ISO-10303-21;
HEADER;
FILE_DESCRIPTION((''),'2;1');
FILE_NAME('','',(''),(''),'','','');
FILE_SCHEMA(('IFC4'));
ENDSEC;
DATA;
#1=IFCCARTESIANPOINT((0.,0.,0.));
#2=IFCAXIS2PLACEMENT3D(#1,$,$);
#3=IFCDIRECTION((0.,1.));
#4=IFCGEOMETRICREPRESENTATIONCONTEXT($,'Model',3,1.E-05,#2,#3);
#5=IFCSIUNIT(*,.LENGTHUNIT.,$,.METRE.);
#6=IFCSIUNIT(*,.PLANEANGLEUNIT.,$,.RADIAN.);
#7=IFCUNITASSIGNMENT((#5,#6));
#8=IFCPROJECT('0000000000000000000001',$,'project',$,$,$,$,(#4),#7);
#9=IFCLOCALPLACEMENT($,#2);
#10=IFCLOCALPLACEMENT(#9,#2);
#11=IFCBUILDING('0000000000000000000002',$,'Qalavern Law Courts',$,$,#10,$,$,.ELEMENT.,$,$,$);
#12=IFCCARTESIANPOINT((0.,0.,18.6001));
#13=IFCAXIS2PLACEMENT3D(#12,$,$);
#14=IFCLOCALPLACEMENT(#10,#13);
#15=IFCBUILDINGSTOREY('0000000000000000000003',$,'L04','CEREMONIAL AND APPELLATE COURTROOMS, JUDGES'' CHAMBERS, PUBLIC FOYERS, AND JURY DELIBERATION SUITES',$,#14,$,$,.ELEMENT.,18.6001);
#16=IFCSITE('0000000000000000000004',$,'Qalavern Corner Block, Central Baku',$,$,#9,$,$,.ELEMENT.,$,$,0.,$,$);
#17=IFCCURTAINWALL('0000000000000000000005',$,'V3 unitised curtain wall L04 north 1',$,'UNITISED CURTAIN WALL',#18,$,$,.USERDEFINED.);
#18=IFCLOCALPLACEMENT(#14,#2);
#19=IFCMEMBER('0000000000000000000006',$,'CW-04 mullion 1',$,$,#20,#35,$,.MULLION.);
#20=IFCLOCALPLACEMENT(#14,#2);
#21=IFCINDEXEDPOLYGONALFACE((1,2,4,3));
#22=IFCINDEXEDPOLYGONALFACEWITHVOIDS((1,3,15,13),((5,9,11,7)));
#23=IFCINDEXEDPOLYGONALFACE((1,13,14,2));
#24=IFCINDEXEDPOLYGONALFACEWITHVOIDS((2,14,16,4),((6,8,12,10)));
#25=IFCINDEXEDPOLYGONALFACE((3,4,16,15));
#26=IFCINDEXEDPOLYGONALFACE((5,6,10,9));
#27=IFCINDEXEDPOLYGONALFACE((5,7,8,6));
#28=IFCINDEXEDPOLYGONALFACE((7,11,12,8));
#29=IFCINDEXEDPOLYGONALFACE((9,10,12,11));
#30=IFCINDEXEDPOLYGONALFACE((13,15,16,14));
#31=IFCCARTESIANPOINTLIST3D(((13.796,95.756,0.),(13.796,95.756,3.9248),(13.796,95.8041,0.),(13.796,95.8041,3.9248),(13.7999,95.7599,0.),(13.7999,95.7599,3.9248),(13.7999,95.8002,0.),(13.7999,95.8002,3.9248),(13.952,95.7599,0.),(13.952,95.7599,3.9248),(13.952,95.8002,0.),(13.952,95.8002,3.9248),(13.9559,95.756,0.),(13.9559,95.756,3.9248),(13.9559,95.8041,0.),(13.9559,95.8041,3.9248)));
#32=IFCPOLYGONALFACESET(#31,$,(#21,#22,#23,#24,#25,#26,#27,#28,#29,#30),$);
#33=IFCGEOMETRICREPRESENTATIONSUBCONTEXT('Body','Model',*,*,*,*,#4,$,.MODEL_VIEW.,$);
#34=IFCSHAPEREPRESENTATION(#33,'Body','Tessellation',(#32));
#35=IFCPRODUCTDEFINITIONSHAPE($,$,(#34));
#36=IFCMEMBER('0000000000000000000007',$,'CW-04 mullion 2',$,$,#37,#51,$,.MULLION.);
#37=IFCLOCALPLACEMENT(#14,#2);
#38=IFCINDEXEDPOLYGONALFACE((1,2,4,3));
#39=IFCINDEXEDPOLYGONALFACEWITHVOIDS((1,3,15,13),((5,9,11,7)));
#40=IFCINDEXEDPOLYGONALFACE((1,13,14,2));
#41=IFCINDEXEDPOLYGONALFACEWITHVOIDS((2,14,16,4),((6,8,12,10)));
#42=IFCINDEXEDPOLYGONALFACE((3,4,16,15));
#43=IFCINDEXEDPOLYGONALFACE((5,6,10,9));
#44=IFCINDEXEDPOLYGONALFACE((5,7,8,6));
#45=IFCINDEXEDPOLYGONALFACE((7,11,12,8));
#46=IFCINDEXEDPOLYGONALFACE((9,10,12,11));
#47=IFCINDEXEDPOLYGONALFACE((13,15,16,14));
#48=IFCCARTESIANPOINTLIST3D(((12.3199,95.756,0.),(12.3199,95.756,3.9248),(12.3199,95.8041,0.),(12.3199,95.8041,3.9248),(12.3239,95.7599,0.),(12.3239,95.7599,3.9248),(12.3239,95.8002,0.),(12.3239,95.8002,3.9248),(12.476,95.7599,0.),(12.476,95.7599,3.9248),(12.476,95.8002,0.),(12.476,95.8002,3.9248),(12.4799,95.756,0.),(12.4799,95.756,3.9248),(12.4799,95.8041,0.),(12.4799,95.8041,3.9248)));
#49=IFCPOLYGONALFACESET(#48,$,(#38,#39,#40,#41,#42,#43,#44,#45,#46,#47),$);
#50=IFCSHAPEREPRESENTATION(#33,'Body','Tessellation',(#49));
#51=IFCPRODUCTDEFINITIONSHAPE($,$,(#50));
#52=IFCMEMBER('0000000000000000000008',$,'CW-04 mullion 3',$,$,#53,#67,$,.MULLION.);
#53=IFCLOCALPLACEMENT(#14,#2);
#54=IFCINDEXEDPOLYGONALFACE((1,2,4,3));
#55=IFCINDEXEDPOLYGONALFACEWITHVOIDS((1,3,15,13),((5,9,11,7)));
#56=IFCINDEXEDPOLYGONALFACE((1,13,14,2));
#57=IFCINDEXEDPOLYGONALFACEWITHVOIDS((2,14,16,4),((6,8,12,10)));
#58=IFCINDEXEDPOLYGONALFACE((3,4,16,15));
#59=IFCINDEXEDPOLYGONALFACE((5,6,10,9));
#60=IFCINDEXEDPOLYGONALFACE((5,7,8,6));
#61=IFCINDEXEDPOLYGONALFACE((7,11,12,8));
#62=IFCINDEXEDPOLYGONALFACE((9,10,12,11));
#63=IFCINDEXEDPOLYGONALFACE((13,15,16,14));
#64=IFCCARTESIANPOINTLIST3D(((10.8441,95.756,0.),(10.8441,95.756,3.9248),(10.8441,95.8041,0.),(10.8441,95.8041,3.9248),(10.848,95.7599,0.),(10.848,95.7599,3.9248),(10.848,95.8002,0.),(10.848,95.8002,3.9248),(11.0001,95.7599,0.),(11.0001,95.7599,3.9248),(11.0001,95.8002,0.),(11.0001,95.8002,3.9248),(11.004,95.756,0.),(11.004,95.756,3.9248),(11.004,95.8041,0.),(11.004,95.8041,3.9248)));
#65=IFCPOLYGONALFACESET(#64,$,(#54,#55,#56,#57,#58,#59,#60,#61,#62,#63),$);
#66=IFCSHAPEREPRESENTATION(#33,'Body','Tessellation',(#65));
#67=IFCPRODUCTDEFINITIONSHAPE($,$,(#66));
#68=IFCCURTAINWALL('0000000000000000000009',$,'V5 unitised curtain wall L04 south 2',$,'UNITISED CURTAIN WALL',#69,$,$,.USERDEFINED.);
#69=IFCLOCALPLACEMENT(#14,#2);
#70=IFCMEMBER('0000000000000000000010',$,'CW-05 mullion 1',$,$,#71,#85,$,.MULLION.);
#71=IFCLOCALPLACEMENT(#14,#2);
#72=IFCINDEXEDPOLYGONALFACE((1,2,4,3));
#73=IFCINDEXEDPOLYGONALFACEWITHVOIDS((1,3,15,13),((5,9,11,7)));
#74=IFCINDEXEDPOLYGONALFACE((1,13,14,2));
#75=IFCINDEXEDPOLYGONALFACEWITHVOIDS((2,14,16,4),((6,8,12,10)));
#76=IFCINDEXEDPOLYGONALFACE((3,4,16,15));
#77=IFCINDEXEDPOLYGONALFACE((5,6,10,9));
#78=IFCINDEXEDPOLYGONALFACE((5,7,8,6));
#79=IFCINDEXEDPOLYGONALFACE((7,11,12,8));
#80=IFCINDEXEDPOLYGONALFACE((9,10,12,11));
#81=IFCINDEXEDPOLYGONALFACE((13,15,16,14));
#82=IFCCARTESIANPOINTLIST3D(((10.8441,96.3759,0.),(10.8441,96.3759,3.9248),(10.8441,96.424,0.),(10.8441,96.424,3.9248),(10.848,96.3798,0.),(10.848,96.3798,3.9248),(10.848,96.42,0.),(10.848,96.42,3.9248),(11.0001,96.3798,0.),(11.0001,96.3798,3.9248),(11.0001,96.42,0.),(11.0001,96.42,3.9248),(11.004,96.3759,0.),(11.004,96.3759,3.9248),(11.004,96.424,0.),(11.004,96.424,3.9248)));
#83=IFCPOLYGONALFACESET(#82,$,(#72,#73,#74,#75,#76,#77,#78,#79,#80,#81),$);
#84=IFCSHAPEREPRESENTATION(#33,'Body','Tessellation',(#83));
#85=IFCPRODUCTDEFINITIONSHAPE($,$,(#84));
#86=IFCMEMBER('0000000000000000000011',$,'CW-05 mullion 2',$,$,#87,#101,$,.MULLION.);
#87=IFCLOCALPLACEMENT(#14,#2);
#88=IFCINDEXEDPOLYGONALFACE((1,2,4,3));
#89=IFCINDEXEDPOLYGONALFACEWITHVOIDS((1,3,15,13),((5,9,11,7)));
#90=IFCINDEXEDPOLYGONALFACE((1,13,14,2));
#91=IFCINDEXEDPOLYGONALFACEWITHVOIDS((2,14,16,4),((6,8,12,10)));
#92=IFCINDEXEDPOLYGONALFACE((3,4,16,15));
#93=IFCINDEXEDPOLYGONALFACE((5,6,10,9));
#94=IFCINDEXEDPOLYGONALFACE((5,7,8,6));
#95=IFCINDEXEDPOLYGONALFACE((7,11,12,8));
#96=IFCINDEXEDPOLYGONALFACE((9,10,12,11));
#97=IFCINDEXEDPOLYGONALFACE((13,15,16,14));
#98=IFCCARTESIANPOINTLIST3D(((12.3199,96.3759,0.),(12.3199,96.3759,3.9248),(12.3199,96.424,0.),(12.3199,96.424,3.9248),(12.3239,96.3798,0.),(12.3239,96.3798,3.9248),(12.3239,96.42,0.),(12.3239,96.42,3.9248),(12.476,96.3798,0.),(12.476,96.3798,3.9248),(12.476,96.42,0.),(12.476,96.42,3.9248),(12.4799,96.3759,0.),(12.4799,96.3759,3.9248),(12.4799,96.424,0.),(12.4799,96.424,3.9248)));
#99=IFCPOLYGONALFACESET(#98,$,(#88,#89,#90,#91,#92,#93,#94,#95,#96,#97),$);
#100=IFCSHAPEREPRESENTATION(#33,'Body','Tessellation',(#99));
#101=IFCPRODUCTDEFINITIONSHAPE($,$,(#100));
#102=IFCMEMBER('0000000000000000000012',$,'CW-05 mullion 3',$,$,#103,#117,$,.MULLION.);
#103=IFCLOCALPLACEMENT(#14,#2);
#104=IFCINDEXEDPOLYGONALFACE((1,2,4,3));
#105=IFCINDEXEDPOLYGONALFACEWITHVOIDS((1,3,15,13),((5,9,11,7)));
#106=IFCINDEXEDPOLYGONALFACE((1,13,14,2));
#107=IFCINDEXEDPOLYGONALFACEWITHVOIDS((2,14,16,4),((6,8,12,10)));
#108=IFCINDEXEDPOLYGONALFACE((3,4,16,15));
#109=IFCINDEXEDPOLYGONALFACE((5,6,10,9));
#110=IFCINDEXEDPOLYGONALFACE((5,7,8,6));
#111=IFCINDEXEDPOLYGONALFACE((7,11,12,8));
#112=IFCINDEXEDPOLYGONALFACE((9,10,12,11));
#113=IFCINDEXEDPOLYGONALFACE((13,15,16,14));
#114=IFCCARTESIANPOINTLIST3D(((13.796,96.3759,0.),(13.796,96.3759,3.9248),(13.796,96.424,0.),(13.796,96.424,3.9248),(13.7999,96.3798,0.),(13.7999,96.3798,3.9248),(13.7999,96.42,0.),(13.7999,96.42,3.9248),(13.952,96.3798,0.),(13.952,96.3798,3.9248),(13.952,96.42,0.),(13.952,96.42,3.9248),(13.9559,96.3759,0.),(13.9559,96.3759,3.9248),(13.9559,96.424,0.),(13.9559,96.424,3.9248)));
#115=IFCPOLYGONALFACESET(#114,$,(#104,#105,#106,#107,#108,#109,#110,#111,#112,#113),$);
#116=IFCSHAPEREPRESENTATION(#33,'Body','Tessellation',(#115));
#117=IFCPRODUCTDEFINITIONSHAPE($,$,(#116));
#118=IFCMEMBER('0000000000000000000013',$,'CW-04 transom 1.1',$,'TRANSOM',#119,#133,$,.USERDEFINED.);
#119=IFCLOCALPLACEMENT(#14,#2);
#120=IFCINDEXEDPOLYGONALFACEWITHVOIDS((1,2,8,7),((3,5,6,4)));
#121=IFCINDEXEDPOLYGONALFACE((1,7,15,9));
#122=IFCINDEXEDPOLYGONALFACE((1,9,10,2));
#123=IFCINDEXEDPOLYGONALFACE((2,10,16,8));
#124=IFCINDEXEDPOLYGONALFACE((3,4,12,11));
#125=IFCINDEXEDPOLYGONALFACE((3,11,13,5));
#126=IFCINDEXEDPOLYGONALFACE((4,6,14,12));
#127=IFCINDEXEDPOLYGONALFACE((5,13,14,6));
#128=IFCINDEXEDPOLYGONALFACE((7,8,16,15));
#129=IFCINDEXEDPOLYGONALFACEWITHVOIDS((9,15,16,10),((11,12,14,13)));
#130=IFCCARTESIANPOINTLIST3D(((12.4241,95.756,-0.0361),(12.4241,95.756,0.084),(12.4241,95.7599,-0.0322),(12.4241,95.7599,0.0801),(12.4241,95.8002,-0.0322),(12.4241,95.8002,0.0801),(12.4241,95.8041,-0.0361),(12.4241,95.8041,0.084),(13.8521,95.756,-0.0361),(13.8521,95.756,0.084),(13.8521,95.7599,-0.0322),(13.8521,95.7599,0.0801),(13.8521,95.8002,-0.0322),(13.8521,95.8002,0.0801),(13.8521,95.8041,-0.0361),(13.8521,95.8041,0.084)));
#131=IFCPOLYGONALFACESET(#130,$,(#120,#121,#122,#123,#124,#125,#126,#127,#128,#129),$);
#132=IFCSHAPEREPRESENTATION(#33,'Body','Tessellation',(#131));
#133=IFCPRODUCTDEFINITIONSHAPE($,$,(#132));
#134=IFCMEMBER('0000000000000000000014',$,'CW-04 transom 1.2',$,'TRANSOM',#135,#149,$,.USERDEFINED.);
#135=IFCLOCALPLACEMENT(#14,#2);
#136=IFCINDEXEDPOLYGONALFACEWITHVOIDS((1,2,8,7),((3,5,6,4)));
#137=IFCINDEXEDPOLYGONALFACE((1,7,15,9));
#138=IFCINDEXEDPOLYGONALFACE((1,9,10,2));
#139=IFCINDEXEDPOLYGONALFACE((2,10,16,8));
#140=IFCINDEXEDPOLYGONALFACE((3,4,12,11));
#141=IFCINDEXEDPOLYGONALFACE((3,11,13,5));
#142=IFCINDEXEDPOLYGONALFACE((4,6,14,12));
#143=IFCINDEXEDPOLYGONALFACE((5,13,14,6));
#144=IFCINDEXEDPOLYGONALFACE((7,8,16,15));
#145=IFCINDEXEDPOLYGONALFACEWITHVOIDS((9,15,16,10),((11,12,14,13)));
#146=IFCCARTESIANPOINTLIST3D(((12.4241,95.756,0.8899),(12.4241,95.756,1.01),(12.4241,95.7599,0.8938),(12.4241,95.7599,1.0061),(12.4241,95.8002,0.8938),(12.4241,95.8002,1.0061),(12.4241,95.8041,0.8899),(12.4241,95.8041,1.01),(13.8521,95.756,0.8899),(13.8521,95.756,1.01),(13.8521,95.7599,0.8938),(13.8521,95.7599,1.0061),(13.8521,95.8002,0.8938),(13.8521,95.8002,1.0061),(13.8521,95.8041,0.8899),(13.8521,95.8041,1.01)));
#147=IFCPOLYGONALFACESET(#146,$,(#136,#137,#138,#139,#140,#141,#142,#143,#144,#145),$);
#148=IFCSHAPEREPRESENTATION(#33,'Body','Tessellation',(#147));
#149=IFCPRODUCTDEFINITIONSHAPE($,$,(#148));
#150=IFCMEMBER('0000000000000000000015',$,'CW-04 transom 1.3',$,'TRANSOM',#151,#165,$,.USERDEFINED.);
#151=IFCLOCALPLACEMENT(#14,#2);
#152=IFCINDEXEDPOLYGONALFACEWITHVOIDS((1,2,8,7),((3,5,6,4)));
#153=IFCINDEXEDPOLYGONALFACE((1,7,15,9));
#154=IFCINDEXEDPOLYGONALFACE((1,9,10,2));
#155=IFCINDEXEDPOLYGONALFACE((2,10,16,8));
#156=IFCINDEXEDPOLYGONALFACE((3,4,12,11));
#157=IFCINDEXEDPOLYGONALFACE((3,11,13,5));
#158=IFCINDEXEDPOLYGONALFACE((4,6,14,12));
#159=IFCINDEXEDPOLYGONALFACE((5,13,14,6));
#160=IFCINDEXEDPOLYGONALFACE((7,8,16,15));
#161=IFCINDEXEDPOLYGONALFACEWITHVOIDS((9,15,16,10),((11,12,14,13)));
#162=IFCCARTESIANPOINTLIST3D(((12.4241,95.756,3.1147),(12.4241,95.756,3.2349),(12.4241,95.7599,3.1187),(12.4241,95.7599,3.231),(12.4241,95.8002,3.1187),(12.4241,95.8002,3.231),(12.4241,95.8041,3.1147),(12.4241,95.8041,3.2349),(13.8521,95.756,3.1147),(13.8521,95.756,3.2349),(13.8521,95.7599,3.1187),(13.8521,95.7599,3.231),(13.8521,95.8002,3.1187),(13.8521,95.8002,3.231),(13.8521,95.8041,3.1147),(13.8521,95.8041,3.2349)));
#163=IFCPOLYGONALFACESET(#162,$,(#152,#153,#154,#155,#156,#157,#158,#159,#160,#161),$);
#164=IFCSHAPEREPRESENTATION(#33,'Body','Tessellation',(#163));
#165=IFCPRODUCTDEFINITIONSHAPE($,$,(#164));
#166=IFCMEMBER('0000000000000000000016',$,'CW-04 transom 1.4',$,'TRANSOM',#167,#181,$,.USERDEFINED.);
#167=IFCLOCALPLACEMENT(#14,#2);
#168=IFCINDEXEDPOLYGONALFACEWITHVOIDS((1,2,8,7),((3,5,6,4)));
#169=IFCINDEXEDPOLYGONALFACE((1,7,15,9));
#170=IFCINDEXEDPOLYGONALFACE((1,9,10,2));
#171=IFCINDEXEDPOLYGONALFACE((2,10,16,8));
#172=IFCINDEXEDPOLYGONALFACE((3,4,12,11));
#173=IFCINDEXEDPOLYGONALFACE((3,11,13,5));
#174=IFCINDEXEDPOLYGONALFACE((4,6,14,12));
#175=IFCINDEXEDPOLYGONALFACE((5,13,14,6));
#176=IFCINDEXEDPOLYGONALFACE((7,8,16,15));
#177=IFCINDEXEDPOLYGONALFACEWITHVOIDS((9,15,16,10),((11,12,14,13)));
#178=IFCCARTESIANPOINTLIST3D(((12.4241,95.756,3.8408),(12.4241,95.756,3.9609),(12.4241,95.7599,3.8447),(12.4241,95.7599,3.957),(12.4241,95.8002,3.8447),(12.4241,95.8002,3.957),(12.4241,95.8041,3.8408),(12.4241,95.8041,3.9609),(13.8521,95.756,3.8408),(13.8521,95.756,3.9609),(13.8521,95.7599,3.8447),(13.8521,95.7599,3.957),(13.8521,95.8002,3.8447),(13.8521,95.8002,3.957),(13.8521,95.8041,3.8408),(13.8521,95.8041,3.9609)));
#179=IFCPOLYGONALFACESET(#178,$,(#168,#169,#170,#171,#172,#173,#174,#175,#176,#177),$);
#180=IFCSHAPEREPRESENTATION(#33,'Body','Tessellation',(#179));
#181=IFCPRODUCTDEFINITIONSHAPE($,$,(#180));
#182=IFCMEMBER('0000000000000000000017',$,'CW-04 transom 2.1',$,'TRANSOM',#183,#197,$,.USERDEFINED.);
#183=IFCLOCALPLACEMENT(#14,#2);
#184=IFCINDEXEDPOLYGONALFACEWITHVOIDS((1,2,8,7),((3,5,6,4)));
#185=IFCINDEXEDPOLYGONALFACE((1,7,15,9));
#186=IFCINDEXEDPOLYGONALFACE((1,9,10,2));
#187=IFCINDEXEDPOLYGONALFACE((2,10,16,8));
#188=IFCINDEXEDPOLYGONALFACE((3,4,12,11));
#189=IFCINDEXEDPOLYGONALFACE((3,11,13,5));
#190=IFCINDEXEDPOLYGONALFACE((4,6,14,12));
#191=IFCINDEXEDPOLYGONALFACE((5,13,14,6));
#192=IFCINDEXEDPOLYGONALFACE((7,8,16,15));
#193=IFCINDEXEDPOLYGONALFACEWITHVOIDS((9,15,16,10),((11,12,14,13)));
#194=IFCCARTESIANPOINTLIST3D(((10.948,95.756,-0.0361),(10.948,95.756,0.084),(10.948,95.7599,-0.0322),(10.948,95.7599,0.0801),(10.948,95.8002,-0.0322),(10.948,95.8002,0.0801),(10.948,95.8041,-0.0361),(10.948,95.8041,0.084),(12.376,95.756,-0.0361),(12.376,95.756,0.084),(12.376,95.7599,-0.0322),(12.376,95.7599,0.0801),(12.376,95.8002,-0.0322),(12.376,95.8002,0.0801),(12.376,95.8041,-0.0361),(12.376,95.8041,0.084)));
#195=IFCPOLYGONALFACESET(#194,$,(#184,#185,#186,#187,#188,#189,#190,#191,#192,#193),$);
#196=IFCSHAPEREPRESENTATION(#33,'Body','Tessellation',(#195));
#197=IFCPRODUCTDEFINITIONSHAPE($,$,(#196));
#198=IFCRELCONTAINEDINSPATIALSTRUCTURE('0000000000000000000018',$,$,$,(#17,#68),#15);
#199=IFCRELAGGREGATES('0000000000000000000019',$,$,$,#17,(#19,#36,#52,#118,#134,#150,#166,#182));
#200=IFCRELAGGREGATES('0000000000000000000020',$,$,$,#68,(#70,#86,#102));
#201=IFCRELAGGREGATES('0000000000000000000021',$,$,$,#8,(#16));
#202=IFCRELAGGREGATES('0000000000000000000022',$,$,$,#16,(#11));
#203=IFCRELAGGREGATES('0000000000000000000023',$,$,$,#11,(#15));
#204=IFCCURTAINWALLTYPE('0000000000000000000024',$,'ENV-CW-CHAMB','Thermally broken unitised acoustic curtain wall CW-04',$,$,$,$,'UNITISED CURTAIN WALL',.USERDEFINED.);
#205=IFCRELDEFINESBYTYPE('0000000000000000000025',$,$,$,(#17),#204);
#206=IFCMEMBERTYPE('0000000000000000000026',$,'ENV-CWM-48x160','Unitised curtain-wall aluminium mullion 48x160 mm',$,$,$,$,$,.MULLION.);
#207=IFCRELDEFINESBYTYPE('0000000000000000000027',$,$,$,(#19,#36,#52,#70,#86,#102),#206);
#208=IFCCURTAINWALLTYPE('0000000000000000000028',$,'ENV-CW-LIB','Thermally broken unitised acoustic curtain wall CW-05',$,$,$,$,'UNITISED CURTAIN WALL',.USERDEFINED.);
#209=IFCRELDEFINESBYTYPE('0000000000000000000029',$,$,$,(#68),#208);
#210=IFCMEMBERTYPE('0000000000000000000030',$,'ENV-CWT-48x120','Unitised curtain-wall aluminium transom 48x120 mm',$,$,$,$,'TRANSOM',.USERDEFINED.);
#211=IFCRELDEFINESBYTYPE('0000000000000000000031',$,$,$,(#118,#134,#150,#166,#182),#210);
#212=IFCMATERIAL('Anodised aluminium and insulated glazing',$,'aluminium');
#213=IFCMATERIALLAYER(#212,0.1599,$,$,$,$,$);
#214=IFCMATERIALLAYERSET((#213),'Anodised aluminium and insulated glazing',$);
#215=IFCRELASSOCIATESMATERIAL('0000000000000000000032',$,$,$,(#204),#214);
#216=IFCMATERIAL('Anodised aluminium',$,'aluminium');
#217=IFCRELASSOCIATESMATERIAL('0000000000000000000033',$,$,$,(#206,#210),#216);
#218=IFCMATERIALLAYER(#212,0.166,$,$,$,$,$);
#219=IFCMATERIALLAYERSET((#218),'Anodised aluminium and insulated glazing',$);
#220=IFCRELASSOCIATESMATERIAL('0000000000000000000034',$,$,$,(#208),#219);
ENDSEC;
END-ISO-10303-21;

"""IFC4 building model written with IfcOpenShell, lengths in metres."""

from ifc_helpers import new_model, si_unit, direction, frame, origin, origin_2d, place, context, subcontext, project, spatial, hollow_rectangle, extrude, material, layer, layer_set, material_profile, profile_set, type_object, element, aggregate, save


model = new_model("IFC4")

# Units and contexts
model_context = context("Model", 3, precision=1e-05, world=origin(), true_north=direction((0.0, 1.0)))
body_context = subcontext(model_context, "Body", "Model", "MODEL_VIEW")
ifc_project = project(units=[si_unit("LENGTHUNIT", "METRE"), si_unit("PLANEANGLEUNIT", "RADIAN")], contexts=[model_context])

# Site, building, storey
site_placement = place(None, origin())
site = spatial("IfcSite", under=ifc_project, at=site_placement, Name="Qalavern Corner Block, Central Baku", CompositionType="ELEMENT", RefElevation=0.0)
building_placement = place(site_placement, origin())
building = spatial("IfcBuilding", under=site, at=building_placement, Name="Qalavern Law Courts", CompositionType="ELEMENT")
storey_placement = place(building_placement, frame((0.0, 0.0, 18.6001)))
storey = spatial("IfcBuildingStorey", under=building, at=storey_placement, Name="L04", Description="CEREMONIAL AND APPELLATE COURTROOMS, JUDGES' CHAMBERS, PUBLIC FOYERS, AND JURY DELIBERATION SUITES", CompositionType="ELEMENT", Elevation=18.6001)

# Curtain walls, members
ifc_material_1 = material(Name="Anodised aluminium and insulated glazing", Category="aluminium")
ifc_layer_1 = layer(ifc_material_1, 0.1599)
ifc_layer_set_1 = layer_set([ifc_layer_1], Name="Anodised aluminium and insulated glazing")
curtain_wall_type_1 = type_object("IfcCurtainWallType", Name="ENV-CW-CHAMB", Description="Thermally broken unitised acoustic curtain wall CW-04", ElementType="UNITISED CURTAIN WALL", PredefinedType="USERDEFINED", material=ifc_layer_set_1)
curtain_wall_1_placement = place(storey_placement, origin())
curtain_wall_1 = element("IfcCurtainWall", 1, at=curtain_wall_1_placement, inside=storey, type_object=curtain_wall_type_1, Name="V3 unitised curtain wall L04 north 1", ObjectType="UNITISED CURTAIN WALL", PredefinedType="USERDEFINED")
ifc_material_2 = material(Name="Anodised aluminium", Category="aluminium")
ifc_material_profile_1 = material_profile(ifc_material_2, hollow_rectangle(XDim=0.0481, YDim=0.1599, WallThickness=0.0039, at=origin_2d()), Name="ALU MULLION 48x160")
ifc_profile_set_1 = profile_set([ifc_material_profile_1], Name="Anodised aluminium")
member_type_1 = type_object("IfcMemberType", Name="ENV-CWM-48x160", Description="Unitised curtain-wall aluminium mullion 48x160 mm", PredefinedType="MULLION", material=ifc_profile_set_1)
member_1_placement = place(storey_placement, frame((13.876, 95.78, 0.0), z_axis=(0.0, 0.0, 1.0), x_axis=(0.0, -1.0, 0.0)))
member_1 = element("IfcMember", 2, at=member_1_placement, type_object=member_type_1, Name="CW-04 mullion 1", PredefinedType="MULLION", context=body_context, shape_type="SweptSolid", body=[
    extrude(hollow_rectangle(XDim=0.0481, YDim=0.1599, WallThickness=0.0039, at=origin_2d()), origin(), (0.0, 0.0, 1.0), 3.9248),
])
member_2_placement = place(storey_placement, frame((12.3999, 95.78, 0.0), z_axis=(0.0, 0.0, 1.0), x_axis=(0.0, -1.0, 0.0)))
member_2 = element("IfcMember", 3, at=member_2_placement, type_object=member_type_1, Name="CW-04 mullion 2", PredefinedType="MULLION", context=body_context, shape_type="SweptSolid", body=[
    extrude(hollow_rectangle(XDim=0.0481, YDim=0.1599, WallThickness=0.0039, at=origin_2d()), origin(), (0.0, 0.0, 1.0), 3.9248),
])
member_3_placement = place(storey_placement, frame((10.9241, 95.78, 0.0), z_axis=(0.0, 0.0, 1.0), x_axis=(0.0, -1.0, 0.0)))
member_3 = element("IfcMember", 4, at=member_3_placement, type_object=member_type_1, Name="CW-04 mullion 3", PredefinedType="MULLION", context=body_context, shape_type="SweptSolid", body=[
    extrude(hollow_rectangle(XDim=0.0481, YDim=0.1599, WallThickness=0.0039, at=origin_2d()), origin(), (0.0, 0.0, 1.0), 3.9248),
])
ifc_layer_2 = layer(ifc_material_1, 0.166)
ifc_layer_set_2 = layer_set([ifc_layer_2], Name="Anodised aluminium and insulated glazing")
curtain_wall_type_2 = type_object("IfcCurtainWallType", Name="ENV-CW-LIB", Description="Thermally broken unitised acoustic curtain wall CW-05", ElementType="UNITISED CURTAIN WALL", PredefinedType="USERDEFINED", material=ifc_layer_set_2)
curtain_wall_2_placement = place(storey_placement, origin())
curtain_wall_2 = element("IfcCurtainWall", 5, at=curtain_wall_2_placement, inside=storey, type_object=curtain_wall_type_2, Name="V5 unitised curtain wall L04 south 2", ObjectType="UNITISED CURTAIN WALL", PredefinedType="USERDEFINED")
member_4_placement = place(storey_placement, frame((10.9241, 96.3999, 0.0), z_axis=(0.0, 0.0, 1.0), x_axis=(0.0, 1.0, 0.0)))
member_4 = element("IfcMember", 6, at=member_4_placement, type_object=member_type_1, Name="CW-05 mullion 1", PredefinedType="MULLION", context=body_context, shape_type="SweptSolid", body=[
    extrude(hollow_rectangle(XDim=0.0481, YDim=0.1599, WallThickness=0.0039, at=origin_2d()), origin(), (0.0, 0.0, 1.0), 3.9248),
])
member_5_placement = place(storey_placement, frame((12.3999, 96.3999, 0.0), z_axis=(0.0, 0.0, 1.0), x_axis=(0.0, 1.0, 0.0)))
member_5 = element("IfcMember", 7, at=member_5_placement, type_object=member_type_1, Name="CW-05 mullion 2", PredefinedType="MULLION", context=body_context, shape_type="SweptSolid", body=[
    extrude(hollow_rectangle(XDim=0.0481, YDim=0.1599, WallThickness=0.0039, at=origin_2d()), origin(), (0.0, 0.0, 1.0), 3.9248),
])
member_6_placement = place(storey_placement, frame((13.876, 96.3999, 0.0), z_axis=(0.0, 0.0, 1.0), x_axis=(0.0, 1.0, 0.0)))
member_6 = element("IfcMember", 8, at=member_6_placement, type_object=member_type_1, Name="CW-05 mullion 3", PredefinedType="MULLION", context=body_context, shape_type="SweptSolid", body=[
    extrude(hollow_rectangle(XDim=0.0481, YDim=0.1599, WallThickness=0.0039, at=origin_2d()), origin(), (0.0, 0.0, 1.0), 3.9248),
])

# Members
ifc_material_profile_2 = material_profile(ifc_material_2, hollow_rectangle(XDim=0.0481, YDim=0.1201, WallThickness=0.0039, at=origin_2d()), Name="ALU TRANSOM 48x120")
ifc_profile_set_2 = profile_set([ifc_material_profile_2], Name="Anodised aluminium")
member_type_2 = type_object("IfcMemberType", Name="ENV-CWT-48x120", Description="Unitised curtain-wall aluminium transom 48x120 mm", ElementType="TRANSOM", PredefinedType="USERDEFINED", material=ifc_profile_set_2)
member_7_placement = place(storey_placement, frame((13.8521, 95.78, 0.0239), z_axis=(-1.0, 0.0, 0.0), x_axis=(0.0, -1.0, 0.0)))
member_7 = element("IfcMember", 9, at=member_7_placement, type_object=member_type_2, Name="CW-04 transom 1.1", ObjectType="TRANSOM", PredefinedType="USERDEFINED", context=body_context, shape_type="SweptSolid", body=[
    extrude(hollow_rectangle(XDim=0.0481, YDim=0.1201, WallThickness=0.0039, at=origin_2d()), origin(), (0.0, 0.0, 1.0), 1.428),
])
member_8_placement = place(storey_placement, frame((13.8521, 95.78, 0.95), z_axis=(-1.0, 0.0, 0.0), x_axis=(0.0, -1.0, 0.0)))
member_8 = element("IfcMember", 10, at=member_8_placement, type_object=member_type_2, Name="CW-04 transom 1.2", ObjectType="TRANSOM", PredefinedType="USERDEFINED", context=body_context, shape_type="SweptSolid", body=[
    extrude(hollow_rectangle(XDim=0.0481, YDim=0.1201, WallThickness=0.0039, at=origin_2d()), origin(), (0.0, 0.0, 1.0), 1.428),
])
member_9_placement = place(storey_placement, frame((13.8521, 95.78, 3.1748), z_axis=(-1.0, 0.0, 0.0), x_axis=(0.0, -1.0, 0.0)))
member_9 = element("IfcMember", 11, at=member_9_placement, type_object=member_type_2, Name="CW-04 transom 1.3", ObjectType="TRANSOM", PredefinedType="USERDEFINED", context=body_context, shape_type="SweptSolid", body=[
    extrude(hollow_rectangle(XDim=0.0481, YDim=0.1201, WallThickness=0.0039, at=origin_2d()), origin(), (0.0, 0.0, 1.0), 1.428),
])
member_10_placement = place(storey_placement, frame((13.8521, 95.78, 3.9009), z_axis=(-1.0, 0.0, 0.0), x_axis=(0.0, -1.0, 0.0)))
member_10 = element("IfcMember", 12, at=member_10_placement, type_object=member_type_2, Name="CW-04 transom 1.4", ObjectType="TRANSOM", PredefinedType="USERDEFINED", context=body_context, shape_type="SweptSolid", body=[
    extrude(hollow_rectangle(XDim=0.0481, YDim=0.1201, WallThickness=0.0039, at=origin_2d()), origin(), (0.0, 0.0, 1.0), 1.428),
])
member_11_placement = place(storey_placement, frame((12.376, 95.78, 0.0239), z_axis=(-1.0, 0.0, 0.0), x_axis=(0.0, -1.0, 0.0)))
member_11 = element("IfcMember", 13, at=member_11_placement, type_object=member_type_2, Name="CW-04 transom 2.1", ObjectType="TRANSOM", PredefinedType="USERDEFINED", context=body_context, shape_type="SweptSolid", body=[
    extrude(hollow_rectangle(XDim=0.0481, YDim=0.1201, WallThickness=0.0039, at=origin_2d()), origin(), (0.0, 0.0, 1.0), 1.428),
])

aggregate(curtain_wall_1, [member_1, member_2, member_3, member_7, member_8, member_9, member_10, member_11])
aggregate(curtain_wall_2, [member_4, member_5, member_6])

save(model, "model.ifc")
